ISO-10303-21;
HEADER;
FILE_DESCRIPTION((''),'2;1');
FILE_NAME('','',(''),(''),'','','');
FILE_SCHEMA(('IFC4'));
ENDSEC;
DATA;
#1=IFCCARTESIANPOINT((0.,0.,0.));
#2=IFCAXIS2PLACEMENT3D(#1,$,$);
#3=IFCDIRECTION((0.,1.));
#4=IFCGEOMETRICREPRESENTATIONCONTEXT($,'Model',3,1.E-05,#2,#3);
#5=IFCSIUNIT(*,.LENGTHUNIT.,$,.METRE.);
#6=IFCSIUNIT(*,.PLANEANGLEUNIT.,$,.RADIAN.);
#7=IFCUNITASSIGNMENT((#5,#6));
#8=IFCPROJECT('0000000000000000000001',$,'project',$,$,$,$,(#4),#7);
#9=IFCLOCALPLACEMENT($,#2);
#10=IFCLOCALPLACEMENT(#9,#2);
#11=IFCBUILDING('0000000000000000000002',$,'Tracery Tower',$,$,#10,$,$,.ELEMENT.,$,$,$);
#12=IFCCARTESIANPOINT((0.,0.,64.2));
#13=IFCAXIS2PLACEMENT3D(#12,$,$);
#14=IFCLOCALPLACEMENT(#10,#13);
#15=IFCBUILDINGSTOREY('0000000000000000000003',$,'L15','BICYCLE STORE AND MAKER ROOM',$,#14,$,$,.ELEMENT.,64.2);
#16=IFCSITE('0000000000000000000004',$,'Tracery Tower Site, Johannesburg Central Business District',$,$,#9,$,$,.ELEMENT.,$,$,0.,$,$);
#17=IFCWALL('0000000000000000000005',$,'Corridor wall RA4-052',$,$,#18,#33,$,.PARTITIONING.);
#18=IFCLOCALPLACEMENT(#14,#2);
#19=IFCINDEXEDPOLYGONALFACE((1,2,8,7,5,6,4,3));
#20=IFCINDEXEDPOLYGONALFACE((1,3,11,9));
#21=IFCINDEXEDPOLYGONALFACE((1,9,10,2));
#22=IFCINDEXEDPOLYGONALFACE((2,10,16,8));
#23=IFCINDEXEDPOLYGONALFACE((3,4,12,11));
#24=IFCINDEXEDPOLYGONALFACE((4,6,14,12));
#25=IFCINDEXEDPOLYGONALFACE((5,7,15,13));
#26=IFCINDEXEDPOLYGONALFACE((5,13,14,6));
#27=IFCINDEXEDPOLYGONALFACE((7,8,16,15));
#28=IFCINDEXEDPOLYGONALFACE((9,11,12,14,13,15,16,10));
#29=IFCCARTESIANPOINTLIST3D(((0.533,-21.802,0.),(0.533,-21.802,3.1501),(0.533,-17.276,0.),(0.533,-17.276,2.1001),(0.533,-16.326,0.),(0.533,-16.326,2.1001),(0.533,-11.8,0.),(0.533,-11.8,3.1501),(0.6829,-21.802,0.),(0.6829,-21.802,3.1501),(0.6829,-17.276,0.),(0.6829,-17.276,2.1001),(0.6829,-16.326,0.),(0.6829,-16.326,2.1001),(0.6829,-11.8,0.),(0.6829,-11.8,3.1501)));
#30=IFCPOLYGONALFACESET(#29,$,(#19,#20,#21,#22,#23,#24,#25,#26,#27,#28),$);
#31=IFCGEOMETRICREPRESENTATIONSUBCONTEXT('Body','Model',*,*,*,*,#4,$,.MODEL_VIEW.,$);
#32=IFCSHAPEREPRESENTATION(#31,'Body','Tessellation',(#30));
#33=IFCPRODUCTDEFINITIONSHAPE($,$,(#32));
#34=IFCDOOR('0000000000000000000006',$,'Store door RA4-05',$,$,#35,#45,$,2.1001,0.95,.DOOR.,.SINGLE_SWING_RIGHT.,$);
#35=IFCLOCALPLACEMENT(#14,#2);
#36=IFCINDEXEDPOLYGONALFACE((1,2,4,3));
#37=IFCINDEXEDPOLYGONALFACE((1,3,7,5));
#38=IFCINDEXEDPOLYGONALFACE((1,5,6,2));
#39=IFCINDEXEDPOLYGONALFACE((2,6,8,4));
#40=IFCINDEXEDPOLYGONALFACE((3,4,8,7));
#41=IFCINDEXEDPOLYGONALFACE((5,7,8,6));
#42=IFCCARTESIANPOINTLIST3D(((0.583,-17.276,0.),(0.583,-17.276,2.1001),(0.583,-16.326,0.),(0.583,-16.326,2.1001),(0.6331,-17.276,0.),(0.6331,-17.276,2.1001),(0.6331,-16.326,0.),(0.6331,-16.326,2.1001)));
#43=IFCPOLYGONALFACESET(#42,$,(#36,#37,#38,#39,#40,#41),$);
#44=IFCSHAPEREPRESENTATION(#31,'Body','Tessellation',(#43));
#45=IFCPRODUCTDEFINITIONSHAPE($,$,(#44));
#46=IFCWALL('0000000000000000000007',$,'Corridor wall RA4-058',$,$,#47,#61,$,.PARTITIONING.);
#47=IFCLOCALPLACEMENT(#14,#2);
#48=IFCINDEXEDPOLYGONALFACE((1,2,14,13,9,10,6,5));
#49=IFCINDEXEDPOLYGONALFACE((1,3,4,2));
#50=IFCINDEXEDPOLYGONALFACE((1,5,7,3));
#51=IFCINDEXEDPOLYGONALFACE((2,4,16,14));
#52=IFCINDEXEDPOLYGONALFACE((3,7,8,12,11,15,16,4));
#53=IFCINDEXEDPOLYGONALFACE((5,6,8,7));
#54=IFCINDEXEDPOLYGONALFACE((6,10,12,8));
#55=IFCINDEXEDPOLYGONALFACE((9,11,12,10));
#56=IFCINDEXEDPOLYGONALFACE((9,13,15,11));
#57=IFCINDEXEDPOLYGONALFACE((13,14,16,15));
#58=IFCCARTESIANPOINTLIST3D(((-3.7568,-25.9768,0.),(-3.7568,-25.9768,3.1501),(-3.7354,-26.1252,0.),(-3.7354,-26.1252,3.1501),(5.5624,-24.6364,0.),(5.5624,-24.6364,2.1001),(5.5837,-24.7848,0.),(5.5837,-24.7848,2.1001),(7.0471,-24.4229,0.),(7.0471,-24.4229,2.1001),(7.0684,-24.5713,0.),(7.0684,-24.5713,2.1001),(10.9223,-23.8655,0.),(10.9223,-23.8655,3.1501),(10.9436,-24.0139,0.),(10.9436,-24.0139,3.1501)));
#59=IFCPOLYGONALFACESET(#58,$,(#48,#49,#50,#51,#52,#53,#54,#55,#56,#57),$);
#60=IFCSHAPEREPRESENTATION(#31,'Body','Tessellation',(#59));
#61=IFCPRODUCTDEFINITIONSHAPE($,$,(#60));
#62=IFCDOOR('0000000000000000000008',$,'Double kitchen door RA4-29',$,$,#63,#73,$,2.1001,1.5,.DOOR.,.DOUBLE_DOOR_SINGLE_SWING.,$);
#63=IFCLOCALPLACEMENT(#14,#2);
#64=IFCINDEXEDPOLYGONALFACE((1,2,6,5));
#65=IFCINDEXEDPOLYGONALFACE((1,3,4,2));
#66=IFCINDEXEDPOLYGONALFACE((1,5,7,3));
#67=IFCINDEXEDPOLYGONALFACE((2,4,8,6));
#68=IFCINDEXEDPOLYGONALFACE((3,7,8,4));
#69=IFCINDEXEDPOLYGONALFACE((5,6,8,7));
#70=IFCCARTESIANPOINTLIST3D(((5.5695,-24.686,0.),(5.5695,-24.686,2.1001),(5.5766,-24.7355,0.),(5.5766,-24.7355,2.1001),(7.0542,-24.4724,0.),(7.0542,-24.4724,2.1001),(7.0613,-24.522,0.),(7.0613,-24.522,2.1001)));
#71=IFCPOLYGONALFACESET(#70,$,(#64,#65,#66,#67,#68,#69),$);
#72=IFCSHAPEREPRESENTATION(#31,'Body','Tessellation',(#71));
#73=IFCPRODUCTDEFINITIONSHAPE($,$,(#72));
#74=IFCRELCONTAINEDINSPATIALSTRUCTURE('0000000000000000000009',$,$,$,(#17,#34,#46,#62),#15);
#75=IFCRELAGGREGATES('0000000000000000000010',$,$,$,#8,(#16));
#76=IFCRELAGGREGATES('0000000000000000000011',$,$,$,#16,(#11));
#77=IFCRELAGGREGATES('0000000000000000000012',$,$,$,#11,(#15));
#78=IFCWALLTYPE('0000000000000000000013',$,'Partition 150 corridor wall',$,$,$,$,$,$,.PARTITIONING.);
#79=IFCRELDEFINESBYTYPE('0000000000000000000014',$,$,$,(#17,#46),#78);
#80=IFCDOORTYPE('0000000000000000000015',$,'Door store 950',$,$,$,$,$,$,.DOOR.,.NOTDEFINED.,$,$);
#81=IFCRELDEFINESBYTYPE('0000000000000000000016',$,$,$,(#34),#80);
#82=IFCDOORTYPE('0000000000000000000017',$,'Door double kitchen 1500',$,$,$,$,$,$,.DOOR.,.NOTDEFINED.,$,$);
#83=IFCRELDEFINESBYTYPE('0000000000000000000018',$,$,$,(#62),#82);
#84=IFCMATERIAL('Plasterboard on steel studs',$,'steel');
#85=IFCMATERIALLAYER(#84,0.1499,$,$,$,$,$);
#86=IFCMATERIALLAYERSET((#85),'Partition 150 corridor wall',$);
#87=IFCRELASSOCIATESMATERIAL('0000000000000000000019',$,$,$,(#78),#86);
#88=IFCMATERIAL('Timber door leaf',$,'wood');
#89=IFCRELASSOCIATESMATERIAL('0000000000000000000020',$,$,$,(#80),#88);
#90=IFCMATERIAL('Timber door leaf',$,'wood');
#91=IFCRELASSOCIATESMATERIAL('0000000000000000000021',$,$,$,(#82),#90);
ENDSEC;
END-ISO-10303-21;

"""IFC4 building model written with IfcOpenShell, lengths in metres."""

from ifc_helpers import new_model, si_unit, direction, frame, frame_2d, origin, place, context, subcontext, project, spatial, rectangle, extrude, material, layer, layer_set, type_object, element, fill, save


model = new_model("IFC4")

# Units and contexts
model_context = context("Model", 3, precision=1e-05, world=origin(), true_north=direction((0.0, 1.0)))
body_context = subcontext(model_context, "Body", "Model", "MODEL_VIEW")
ifc_project = project(units=[si_unit("LENGTHUNIT", "METRE"), si_unit("PLANEANGLEUNIT", "RADIAN")], contexts=[model_context])

# Site, building, storey
site_placement = place(None, origin())
site = spatial("IfcSite", under=ifc_project, at=site_placement, Name="Tracery Tower Site, Johannesburg Central Business District", CompositionType="ELEMENT", RefElevation=0.0)
building_placement = place(site_placement, origin())
building = spatial("IfcBuilding", under=site, at=building_placement, Name="Tracery Tower", CompositionType="ELEMENT")
storey_placement = place(building_placement, frame((0.0, 0.0, 64.2)))
storey = spatial("IfcBuildingStorey", under=building, at=storey_placement, Name="L15", Description="BICYCLE STORE AND MAKER ROOM", CompositionType="ELEMENT", Elevation=64.2)

# Shared definitions
ifc_material_1 = material(Name="Plasterboard on steel studs", Category="steel")
ifc_layer_1 = layer(ifc_material_1, 0.1499)
ifc_layer_set_1 = layer_set([ifc_layer_1], Name="Partition 150 corridor wall")
wall_type_1 = type_object("IfcWallType", Name="Partition 150 corridor wall", PredefinedType="PARTITIONING", material=ifc_layer_set_1)

# Walls, openings, doors
wall_1_placement = place(storey_placement, frame((0.6079, -21.802, 0.0), z_axis=(0.0, 0.0, 1.0), x_axis=(0.0, 1.0, 0.0)))
wall_1 = element("IfcWall", 1, at=wall_1_placement, inside=storey, type_object=wall_type_1, Name="Corridor wall RA4-052", PredefinedType="PARTITIONING", context=body_context, shape_type="SweptSolid", body=[
    extrude(rectangle(XDim=10.002, YDim=0.1499, at=frame_2d((5.001, 0.0))), origin(), (0.0, 0.0, 1.0), 3.1501),
])
opening_1_placement = place(wall_1_placement, frame((4.5259, 0.0, 0.0)))
opening_1 = element("IfcOpeningElement", 2, at=opening_1_placement, cuts=wall_1, PredefinedType="OPENING", context=body_context, shape_type="SweptSolid", body=[
    extrude(rectangle(XDim=0.95, YDim=2.1001, at=frame_2d((0.4751, 1.05))), frame((0.0, 0.075, 0.0), z_axis=(0.0, -1.0, 0.0), x_axis=(1.0, 0.0, 0.0)), (0.0, 0.0, 1.0), 0.1499),
])
ifc_material_2 = material(Name="Timber door leaf", Category="wood")
door_type_1 = type_object("IfcDoorType", Name="Door store 950", OperationType="NOTDEFINED", PredefinedType="DOOR", material=ifc_material_2)
door_1_placement = place(opening_1_placement, origin())
door_1 = element("IfcDoor", 3, at=door_1_placement, inside=storey, type_object=door_type_1, Name="Store door RA4-05", OperationType="SINGLE_SWING_RIGHT", OverallHeight=2.1001, OverallWidth=0.95, PredefinedType="DOOR", context=body_context, shape_type="SweptSolid", body=[
    extrude(rectangle(XDim=0.95, YDim=2.1001, at=frame_2d((0.4751, 1.05))), frame((0.0, 0.0249, 0.0), z_axis=(0.0, -1.0, 0.0), x_axis=(1.0, 0.0, 0.0)), (0.0, 0.0, 1.0), 0.05),
])
fill(opening_1, door_1)
wall_2_placement = place(storey_placement, frame((-3.7461, -26.051, 0.0), z_axis=(0.0, 0.0, 1.0), x_axis=(0.989814, 0.142369, 0.0)))
wall_2 = element("IfcWall", 4, at=wall_2_placement, inside=storey, type_object=wall_type_1, Name="Corridor wall RA4-058", PredefinedType="PARTITIONING", context=body_context, shape_type="SweptSolid", body=[
    extrude(rectangle(XDim=14.8301, YDim=0.1499, at=frame_2d((7.415, 0.0))), origin(), (0.0, 0.0, 1.0), 3.1501),
])
opening_2_placement = place(wall_2_placement, frame((9.415, 0.0, 0.0)))
opening_2 = element("IfcOpeningElement", 5, at=opening_2_placement, cuts=wall_2, PredefinedType="OPENING", context=body_context, shape_type="SweptSolid", body=[
    extrude(rectangle(XDim=1.5, YDim=2.1001, at=frame_2d((0.75, 1.05))), frame((0.0, 0.075, 0.0), z_axis=(0.0, -1.0, 0.0), x_axis=(1.0, 0.0, 0.0)), (0.0, 0.0, 1.0), 0.1499),
])
ifc_material_3 = material(Name="Timber door leaf", Category="wood")
door_type_2 = type_object("IfcDoorType", Name="Door double kitchen 1500", OperationType="NOTDEFINED", PredefinedType="DOOR", material=ifc_material_3)
door_2_placement = place(opening_2_placement, origin())
door_2 = element("IfcDoor", 6, at=door_2_placement, inside=storey, type_object=door_type_2, Name="Double kitchen door RA4-29", OperationType="DOUBLE_DOOR_SINGLE_SWING", OverallHeight=2.1001, OverallWidth=1.5, PredefinedType="DOOR", context=body_context, shape_type="SweptSolid", body=[
    extrude(rectangle(XDim=1.5, YDim=2.1001, at=frame_2d((0.75, 1.05))), frame((0.0, 0.0249, 0.0), z_axis=(0.0, -1.0, 0.0), x_axis=(1.0, 0.0, 0.0)), (0.0, 0.0, 1.0), 0.05),
])
fill(opening_2, door_2)

save(model, "model.ifc")
